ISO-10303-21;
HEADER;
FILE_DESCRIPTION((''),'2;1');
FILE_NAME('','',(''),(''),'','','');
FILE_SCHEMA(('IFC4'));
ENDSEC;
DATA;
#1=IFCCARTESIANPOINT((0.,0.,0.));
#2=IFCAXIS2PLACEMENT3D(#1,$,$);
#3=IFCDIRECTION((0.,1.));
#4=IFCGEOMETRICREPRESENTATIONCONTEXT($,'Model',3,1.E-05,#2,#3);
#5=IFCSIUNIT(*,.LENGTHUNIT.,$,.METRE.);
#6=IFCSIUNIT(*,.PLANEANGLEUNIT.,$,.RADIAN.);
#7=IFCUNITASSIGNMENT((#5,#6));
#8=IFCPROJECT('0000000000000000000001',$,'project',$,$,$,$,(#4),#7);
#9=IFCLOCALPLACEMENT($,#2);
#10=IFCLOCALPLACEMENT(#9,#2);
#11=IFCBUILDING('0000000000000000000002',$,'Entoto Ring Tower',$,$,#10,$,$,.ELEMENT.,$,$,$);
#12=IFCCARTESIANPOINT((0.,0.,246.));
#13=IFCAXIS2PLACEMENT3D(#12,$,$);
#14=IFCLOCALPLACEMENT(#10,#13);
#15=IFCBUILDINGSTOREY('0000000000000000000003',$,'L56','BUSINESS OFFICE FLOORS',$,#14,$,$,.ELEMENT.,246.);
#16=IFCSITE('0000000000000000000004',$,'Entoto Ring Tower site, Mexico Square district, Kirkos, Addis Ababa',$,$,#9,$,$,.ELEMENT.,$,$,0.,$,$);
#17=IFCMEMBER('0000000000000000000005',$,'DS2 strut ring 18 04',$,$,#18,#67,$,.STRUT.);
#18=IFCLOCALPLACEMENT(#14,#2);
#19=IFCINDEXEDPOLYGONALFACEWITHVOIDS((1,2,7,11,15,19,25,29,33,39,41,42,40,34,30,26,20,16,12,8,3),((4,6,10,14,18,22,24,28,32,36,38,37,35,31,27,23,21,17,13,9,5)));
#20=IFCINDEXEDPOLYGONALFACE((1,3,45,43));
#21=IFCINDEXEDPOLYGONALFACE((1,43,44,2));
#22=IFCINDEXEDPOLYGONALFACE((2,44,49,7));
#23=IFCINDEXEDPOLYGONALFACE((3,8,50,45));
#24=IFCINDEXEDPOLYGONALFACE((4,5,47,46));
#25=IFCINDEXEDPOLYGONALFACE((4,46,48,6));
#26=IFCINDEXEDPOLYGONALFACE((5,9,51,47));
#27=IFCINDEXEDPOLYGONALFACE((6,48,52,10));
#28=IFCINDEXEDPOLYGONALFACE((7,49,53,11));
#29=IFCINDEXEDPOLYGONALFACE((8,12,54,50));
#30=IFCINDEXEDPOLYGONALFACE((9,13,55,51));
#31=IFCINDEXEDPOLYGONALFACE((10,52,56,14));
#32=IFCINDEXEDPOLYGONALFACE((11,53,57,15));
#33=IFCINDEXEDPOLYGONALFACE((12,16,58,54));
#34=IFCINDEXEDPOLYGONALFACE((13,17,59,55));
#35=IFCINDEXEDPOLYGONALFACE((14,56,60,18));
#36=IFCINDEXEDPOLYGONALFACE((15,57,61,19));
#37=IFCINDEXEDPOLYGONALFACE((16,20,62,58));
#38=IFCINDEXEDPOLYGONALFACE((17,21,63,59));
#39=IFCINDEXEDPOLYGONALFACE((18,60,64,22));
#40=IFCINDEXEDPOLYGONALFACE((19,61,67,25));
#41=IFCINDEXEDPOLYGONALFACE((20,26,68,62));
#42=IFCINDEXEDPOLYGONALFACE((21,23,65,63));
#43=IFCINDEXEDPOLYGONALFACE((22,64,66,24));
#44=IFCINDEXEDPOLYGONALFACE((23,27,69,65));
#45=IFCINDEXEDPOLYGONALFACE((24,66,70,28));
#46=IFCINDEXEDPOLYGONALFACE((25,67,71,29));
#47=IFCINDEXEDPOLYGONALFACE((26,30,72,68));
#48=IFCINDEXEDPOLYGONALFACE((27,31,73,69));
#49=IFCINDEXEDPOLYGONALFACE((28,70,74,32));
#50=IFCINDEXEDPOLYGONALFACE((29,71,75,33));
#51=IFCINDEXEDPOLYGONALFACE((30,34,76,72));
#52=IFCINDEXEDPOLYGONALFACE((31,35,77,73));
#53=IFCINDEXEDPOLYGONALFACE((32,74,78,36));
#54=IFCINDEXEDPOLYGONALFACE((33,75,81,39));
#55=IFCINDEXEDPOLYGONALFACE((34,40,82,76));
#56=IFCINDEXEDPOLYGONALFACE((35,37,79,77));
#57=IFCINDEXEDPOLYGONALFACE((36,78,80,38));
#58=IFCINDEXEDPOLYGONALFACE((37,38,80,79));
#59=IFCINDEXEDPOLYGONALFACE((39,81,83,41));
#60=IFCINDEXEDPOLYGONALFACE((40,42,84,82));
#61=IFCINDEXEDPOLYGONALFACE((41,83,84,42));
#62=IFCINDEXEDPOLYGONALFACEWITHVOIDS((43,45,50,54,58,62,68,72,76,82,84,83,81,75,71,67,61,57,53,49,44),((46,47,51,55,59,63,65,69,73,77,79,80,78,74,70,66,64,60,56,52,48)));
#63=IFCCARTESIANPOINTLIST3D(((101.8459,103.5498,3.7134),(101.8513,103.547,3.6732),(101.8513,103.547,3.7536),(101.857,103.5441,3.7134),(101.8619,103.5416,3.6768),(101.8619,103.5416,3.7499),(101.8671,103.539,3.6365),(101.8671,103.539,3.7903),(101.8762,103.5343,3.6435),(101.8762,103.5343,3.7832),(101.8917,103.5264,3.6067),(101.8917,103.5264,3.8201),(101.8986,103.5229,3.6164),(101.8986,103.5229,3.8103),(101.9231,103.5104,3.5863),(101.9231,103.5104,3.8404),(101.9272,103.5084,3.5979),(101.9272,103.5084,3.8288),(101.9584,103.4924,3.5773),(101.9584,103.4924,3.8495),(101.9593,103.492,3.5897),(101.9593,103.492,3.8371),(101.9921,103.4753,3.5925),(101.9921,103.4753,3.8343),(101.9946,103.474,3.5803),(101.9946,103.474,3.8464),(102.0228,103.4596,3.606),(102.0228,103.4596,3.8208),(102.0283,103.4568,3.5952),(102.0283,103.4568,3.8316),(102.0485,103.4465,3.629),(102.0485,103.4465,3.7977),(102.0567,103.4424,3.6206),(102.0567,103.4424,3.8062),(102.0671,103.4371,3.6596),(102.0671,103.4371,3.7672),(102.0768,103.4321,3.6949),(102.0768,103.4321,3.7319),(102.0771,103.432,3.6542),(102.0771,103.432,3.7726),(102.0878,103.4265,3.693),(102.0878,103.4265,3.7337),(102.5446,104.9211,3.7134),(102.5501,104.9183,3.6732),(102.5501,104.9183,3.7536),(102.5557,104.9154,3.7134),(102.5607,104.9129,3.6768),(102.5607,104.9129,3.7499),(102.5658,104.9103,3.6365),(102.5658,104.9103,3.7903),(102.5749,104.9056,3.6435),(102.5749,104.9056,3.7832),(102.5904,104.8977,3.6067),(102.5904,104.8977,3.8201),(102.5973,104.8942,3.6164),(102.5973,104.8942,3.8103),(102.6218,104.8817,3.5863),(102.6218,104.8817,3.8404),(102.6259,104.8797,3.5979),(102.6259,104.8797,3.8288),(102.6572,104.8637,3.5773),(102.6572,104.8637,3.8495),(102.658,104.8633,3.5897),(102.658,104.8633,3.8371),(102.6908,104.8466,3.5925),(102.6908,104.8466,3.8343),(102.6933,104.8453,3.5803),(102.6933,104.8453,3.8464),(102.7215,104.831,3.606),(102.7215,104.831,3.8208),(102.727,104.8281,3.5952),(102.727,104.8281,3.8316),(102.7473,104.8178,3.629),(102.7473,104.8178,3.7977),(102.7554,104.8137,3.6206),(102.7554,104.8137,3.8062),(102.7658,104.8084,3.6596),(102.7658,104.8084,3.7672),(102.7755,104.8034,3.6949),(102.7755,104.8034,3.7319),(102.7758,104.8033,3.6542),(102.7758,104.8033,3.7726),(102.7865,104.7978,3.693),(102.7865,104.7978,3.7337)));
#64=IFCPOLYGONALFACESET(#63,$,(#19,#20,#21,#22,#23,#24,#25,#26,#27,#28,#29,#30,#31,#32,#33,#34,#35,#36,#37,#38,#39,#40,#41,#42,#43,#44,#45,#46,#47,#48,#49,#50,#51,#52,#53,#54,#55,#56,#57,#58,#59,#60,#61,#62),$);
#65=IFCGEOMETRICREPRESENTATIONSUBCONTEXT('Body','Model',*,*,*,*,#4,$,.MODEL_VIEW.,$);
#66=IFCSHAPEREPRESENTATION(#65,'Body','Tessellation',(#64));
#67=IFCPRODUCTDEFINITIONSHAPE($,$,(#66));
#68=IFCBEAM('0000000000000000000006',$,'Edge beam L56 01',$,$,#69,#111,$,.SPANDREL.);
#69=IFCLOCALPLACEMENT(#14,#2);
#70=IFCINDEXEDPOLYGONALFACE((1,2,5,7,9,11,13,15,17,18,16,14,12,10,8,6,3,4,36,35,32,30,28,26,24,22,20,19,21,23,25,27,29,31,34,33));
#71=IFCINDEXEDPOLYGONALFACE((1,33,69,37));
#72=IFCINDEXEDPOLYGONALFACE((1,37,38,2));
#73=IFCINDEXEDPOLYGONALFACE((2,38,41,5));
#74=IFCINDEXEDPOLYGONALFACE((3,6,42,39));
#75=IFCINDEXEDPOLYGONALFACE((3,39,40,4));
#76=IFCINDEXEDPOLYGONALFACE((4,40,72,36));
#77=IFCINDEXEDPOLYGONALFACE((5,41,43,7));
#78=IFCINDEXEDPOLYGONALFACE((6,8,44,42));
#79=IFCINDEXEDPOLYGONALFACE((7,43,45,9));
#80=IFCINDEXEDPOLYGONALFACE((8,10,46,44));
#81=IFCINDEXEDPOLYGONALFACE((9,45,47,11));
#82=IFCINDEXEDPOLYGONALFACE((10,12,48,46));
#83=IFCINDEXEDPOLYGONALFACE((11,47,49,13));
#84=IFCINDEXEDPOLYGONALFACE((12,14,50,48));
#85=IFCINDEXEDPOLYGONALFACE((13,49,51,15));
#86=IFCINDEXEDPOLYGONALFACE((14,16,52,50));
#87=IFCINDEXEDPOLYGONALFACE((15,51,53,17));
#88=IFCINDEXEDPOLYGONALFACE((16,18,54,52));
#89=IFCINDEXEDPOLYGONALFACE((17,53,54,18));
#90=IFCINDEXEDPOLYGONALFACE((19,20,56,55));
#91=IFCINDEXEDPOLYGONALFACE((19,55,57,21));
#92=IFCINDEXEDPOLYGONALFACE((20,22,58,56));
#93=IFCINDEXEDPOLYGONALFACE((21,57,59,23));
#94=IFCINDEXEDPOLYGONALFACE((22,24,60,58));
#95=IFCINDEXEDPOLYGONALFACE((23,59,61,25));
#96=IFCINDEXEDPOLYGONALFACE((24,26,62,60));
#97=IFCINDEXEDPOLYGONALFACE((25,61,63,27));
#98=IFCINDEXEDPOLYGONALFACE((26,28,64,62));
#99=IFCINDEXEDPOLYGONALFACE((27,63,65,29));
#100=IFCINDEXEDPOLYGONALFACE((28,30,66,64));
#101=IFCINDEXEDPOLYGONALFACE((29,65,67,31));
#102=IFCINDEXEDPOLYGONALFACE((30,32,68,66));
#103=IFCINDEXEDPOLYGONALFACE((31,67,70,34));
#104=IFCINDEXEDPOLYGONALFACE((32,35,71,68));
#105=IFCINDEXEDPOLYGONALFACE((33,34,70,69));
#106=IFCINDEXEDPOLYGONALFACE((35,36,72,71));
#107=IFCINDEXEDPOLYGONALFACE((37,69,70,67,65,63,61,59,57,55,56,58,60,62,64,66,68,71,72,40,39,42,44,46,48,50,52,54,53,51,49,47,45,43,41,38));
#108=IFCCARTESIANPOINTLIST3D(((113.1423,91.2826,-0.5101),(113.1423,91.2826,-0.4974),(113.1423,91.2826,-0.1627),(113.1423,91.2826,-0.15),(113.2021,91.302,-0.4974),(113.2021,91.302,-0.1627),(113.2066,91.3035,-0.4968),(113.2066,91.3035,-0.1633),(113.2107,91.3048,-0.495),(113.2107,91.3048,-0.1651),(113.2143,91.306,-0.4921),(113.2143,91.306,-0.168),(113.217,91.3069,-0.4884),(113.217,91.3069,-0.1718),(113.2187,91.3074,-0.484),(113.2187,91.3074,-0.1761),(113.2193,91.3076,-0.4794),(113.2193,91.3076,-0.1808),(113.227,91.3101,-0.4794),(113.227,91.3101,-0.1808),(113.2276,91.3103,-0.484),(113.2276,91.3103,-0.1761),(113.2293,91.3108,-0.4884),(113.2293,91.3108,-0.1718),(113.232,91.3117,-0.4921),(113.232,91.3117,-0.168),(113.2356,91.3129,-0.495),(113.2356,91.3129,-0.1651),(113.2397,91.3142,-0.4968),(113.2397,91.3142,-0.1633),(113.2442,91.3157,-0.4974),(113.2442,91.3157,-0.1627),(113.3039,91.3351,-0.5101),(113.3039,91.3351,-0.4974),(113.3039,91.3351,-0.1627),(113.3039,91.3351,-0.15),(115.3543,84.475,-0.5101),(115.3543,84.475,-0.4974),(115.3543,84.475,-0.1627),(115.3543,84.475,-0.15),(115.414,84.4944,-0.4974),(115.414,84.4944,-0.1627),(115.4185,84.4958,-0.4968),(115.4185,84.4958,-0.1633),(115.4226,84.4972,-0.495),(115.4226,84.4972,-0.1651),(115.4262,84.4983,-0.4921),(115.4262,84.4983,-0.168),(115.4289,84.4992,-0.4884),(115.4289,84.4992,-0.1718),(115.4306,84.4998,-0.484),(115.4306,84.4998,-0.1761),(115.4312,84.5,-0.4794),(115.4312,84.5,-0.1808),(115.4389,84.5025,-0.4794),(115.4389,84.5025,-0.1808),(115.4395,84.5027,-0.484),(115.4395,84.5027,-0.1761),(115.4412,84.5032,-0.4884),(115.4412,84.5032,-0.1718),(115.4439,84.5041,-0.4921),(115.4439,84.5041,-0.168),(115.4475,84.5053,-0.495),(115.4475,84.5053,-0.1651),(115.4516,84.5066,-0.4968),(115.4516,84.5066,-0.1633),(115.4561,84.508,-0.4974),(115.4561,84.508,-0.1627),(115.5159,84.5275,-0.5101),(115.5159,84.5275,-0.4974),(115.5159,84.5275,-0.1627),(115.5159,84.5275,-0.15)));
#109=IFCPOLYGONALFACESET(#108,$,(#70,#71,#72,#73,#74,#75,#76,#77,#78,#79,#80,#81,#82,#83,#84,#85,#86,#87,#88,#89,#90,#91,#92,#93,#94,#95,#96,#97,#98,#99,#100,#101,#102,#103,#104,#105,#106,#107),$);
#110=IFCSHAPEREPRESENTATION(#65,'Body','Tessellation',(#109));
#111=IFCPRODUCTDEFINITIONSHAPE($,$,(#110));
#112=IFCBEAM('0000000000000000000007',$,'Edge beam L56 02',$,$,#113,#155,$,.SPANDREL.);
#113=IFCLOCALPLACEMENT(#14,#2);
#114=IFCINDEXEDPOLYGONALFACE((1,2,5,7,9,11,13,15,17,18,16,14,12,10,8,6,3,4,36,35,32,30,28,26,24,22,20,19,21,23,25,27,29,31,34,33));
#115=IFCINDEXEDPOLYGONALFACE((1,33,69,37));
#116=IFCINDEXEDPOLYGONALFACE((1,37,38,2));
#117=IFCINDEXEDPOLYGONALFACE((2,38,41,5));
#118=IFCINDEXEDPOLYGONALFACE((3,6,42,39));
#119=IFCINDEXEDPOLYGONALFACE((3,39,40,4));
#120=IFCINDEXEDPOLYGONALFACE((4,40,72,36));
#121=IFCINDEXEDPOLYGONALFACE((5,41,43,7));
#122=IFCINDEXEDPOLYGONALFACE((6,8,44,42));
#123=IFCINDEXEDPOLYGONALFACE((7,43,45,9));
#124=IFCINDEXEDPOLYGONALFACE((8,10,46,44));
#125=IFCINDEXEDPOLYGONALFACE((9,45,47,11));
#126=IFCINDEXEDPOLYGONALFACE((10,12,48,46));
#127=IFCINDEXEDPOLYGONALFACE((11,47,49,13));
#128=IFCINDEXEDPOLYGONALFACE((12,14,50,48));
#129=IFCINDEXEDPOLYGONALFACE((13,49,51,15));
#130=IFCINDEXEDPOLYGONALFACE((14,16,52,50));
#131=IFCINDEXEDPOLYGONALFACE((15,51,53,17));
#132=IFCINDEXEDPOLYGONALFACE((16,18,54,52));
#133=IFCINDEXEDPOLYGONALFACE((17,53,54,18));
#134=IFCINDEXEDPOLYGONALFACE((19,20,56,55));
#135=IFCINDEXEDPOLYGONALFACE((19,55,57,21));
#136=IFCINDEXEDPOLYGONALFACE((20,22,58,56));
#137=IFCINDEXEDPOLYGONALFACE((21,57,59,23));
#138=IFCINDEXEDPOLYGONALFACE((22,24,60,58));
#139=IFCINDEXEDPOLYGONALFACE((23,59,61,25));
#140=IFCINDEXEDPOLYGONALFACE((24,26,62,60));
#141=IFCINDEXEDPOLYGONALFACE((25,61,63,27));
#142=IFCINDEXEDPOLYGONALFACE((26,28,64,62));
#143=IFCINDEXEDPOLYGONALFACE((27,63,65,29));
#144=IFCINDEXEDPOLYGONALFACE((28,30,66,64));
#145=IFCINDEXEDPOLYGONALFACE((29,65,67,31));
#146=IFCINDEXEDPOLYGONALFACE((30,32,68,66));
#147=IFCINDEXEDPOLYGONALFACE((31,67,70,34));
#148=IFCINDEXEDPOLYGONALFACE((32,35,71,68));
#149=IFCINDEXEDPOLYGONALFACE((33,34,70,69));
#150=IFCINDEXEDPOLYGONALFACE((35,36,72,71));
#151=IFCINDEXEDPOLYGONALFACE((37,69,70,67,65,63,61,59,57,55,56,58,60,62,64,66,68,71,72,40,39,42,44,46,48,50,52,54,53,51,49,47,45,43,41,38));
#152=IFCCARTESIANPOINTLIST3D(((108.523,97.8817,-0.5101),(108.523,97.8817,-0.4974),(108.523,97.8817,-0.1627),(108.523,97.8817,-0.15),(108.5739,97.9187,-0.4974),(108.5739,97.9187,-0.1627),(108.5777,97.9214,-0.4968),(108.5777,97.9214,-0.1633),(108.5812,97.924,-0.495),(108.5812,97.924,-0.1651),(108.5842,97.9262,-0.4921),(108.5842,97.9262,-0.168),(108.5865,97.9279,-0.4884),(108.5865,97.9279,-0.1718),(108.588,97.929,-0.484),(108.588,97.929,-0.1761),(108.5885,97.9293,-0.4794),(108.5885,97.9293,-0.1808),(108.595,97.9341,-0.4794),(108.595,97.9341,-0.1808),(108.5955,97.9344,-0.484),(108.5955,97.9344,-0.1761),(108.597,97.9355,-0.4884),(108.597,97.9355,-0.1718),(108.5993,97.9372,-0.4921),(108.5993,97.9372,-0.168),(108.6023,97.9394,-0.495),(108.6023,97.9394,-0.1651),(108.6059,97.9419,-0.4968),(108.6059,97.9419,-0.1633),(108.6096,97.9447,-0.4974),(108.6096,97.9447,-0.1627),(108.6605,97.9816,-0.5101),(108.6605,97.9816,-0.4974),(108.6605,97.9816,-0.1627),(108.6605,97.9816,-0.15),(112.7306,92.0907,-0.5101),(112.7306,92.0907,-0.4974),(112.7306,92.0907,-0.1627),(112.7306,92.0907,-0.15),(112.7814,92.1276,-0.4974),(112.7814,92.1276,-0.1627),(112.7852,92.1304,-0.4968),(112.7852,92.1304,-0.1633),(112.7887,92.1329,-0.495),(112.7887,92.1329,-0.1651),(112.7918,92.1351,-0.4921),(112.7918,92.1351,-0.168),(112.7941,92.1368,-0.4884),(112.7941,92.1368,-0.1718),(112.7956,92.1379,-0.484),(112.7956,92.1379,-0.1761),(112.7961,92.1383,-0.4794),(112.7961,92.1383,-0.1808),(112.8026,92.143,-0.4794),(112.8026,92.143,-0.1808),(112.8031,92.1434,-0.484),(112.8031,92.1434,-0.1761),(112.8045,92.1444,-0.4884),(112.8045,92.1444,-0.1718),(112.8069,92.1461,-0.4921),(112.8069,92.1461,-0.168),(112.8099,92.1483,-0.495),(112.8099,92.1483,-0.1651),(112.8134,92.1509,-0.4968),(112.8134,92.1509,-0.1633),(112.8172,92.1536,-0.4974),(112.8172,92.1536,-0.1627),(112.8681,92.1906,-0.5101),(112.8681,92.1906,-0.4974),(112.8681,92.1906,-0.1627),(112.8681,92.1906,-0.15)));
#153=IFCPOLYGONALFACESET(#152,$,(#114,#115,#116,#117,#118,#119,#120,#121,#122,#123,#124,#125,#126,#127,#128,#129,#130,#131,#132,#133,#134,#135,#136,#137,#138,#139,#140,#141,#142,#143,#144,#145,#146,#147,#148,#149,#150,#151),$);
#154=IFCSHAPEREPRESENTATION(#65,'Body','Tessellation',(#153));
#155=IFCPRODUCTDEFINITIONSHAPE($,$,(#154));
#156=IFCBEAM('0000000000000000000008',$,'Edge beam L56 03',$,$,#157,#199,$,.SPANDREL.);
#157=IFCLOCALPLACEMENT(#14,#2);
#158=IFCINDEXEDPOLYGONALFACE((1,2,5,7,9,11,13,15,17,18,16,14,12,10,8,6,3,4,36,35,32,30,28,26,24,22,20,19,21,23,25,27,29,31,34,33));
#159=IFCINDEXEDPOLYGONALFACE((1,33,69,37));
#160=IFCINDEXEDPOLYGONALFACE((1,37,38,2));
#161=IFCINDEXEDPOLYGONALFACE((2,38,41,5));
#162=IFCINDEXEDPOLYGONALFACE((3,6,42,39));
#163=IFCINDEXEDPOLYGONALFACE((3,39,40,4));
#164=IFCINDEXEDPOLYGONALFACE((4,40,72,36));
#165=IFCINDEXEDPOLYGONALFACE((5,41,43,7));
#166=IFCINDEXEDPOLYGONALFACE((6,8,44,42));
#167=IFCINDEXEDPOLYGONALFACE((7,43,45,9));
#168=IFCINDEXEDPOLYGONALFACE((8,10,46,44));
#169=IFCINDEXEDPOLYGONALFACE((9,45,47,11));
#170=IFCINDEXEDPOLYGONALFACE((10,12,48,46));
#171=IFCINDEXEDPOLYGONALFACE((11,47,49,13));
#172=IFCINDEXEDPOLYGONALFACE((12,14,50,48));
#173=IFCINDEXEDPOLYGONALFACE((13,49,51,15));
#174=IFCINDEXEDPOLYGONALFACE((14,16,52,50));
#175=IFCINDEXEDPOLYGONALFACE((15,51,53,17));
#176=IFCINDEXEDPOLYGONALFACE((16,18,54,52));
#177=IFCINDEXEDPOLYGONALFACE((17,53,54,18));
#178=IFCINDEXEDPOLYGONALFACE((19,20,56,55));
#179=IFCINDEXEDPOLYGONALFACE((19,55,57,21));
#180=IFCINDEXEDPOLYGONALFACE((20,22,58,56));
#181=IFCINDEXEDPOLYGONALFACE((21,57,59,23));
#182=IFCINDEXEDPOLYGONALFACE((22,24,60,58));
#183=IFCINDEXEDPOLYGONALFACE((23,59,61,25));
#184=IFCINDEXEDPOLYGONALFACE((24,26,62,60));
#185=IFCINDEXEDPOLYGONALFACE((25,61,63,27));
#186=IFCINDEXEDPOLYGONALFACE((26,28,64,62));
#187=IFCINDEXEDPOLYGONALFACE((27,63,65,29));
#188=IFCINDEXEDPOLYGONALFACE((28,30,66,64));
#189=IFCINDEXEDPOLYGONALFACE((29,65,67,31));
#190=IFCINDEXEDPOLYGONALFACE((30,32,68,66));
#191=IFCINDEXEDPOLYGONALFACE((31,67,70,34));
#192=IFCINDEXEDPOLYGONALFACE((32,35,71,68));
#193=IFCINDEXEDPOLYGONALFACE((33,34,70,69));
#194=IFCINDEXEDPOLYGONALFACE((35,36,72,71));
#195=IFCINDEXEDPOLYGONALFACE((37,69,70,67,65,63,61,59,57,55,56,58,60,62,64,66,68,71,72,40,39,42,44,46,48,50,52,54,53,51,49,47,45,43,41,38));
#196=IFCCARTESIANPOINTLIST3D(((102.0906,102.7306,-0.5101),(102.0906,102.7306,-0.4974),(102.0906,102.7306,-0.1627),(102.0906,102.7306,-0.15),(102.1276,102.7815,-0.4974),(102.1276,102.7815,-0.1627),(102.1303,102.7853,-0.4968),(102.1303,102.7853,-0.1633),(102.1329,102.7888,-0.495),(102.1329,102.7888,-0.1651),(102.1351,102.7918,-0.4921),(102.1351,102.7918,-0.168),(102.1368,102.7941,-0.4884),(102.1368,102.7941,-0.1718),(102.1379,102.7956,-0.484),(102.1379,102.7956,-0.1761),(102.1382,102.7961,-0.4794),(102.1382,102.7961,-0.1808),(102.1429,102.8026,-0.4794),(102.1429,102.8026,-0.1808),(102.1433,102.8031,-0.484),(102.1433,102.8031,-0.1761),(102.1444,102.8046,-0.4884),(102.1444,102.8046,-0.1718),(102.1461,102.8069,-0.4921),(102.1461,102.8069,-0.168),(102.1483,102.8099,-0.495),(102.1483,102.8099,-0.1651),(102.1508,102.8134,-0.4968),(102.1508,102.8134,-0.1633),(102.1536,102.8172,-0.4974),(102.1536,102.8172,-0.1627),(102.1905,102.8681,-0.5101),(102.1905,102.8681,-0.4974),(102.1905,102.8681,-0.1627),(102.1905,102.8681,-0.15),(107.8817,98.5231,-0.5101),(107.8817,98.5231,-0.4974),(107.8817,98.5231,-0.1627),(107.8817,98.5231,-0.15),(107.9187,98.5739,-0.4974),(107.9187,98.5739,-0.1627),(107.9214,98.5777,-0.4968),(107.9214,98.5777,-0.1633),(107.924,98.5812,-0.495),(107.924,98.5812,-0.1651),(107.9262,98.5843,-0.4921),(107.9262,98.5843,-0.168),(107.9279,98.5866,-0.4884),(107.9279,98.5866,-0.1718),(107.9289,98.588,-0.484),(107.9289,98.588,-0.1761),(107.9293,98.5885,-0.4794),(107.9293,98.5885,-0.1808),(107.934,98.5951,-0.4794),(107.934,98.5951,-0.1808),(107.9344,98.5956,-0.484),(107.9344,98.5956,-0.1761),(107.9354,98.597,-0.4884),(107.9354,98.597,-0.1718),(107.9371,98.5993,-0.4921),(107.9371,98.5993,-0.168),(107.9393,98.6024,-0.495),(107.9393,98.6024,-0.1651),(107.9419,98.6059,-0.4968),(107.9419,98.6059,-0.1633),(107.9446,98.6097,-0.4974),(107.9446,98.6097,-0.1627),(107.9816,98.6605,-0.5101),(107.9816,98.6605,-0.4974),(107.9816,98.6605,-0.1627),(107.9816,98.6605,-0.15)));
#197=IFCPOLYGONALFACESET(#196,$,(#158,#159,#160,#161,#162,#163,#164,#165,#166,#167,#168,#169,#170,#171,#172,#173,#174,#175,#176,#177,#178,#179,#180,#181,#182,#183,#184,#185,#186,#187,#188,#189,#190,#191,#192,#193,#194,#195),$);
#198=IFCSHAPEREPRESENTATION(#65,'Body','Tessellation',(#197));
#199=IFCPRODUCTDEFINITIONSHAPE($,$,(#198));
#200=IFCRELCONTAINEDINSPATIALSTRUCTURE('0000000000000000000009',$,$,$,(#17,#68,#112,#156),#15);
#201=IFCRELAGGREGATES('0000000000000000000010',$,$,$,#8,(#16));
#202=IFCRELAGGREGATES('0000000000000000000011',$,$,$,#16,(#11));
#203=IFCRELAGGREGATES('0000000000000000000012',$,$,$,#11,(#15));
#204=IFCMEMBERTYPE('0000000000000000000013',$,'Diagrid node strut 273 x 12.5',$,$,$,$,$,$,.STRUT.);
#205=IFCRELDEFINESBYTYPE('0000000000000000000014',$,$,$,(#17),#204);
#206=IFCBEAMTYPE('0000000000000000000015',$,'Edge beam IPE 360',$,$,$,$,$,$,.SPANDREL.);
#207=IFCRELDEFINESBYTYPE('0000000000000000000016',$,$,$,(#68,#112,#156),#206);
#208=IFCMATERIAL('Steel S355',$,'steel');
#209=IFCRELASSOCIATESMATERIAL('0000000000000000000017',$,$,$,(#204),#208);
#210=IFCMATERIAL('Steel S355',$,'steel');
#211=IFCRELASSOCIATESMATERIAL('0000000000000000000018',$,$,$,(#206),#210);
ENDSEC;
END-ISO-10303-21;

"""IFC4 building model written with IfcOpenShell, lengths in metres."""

from ifc_helpers import new_model, si_unit, direction, frame, origin, origin_2d, place, context, subcontext, project, spatial, circle, hollow_circle, i_section, extrude, material, material_profile, profile_set, type_object, element, save


model = new_model("IFC4")

# Units and contexts
model_context = context("Model", 3, precision=1e-05, world=origin(), true_north=direction((0.0, 1.0)))
body_context = subcontext(model_context, "Body", "Model", "MODEL_VIEW")
ifc_project = project(units=[si_unit("LENGTHUNIT", "METRE"), si_unit("PLANEANGLEUNIT", "RADIAN")], contexts=[model_context])

# Site, building, storey
site_placement = place(None, origin())
site = spatial("IfcSite", under=ifc_project, at=site_placement, Name="Entoto Ring Tower site, Mexico Square district, Kirkos, Addis Ababa", CompositionType="ELEMENT", RefElevation=0.0)
building_placement = place(site_placement, origin())
building = spatial("IfcBuilding", under=site, at=building_placement, Name="Entoto Ring Tower", CompositionType="ELEMENT")
storey_placement = place(building_placement, frame((0.0, 0.0, 246.0)))
storey = spatial("IfcBuildingStorey", under=building, at=storey_placement, Name="L56", Description="BUSINESS OFFICE FLOORS", CompositionType="ELEMENT", Elevation=246.0)

# Member
ifc_material_1 = material(Name="Steel S355", Category="steel")
ifc_material_profile_1 = material_profile(ifc_material_1, hollow_circle(Radius=0.1365, WallThickness=0.0125, at=origin_2d()), Name="CHS 273 x 12.5")
ifc_material_2 = material(Name="Concrete C60/75", Category="concrete")
ifc_material_profile_2 = material_profile(ifc_material_2, circle(Radius=0.124, at=origin_2d()), Name="Concrete C60/75 infill")
ifc_profile_set_1 = profile_set([ifc_material_profile_1, ifc_material_profile_2], Name="Steel S355")
member_type = type_object("IfcMemberType", Name="Diagrid node strut 273 x 12.5", PredefinedType="STRUT", material=ifc_profile_set_1)
member_1_placement = place(storey_placement, frame((101.9675, 103.4878, 3.7134), z_axis=(0.45399, 0.891007, 0.0), x_axis=(-0.891007, 0.45399, 0.0)))
element("IfcMember", 1, at=member_1_placement, inside=storey, type_object=member_type, Name="DS2 strut ring 18 04", PredefinedType="STRUT", context=body_context, shape_type="SweptSolid", body=[
    extrude(hollow_circle(Radius=0.1365, WallThickness=0.0125, at=origin_2d()), origin(), (0.0, 0.0, 1.0), 1.5391),
])

# Beams
ifc_material_3 = material(Name="Steel S355", Category="steel")
ifc_material_profile_3 = material_profile(ifc_material_3, i_section(OverallWidth=0.1699, OverallDepth=0.3601, WebThickness=0.0081, FlangeThickness=0.0127, FilletRadius=0.0181, at=origin_2d()), Name="IPE 360")
ifc_profile_set_2 = profile_set([ifc_material_profile_3], Name="Steel S355")
beam_type_1 = type_object("IfcBeamType", Name="Edge beam IPE 360", PredefinedType="SPANDREL", material=ifc_profile_set_2)
beam_1_placement = place(storey_placement, frame((115.4351, 84.5012, -0.3301), z_axis=(-0.309015, 0.951057, 0.0), x_axis=(-0.951057, -0.309015, 0.0)))
element("IfcBeam", 2, at=beam_1_placement, inside=storey, type_object=beam_type_1, Name="Edge beam L56 01", PredefinedType="SPANDREL", context=body_context, shape_type="SweptSolid", body=[
    extrude(i_section(OverallWidth=0.1699, OverallDepth=0.3601, WebThickness=0.0081, FlangeThickness=0.0127, FilletRadius=0.0181, at=origin_2d()), origin(), (0.0, 0.0, 1.0), 7.158),
])
for number, where, z_axis, x_axis, name in (
    (3, (112.7993, 92.1406, -0.3301), (-0.587794, 0.80901, 0.0), (-0.80901, -0.587794, 0.0), "Edge beam L56 02"),
    (4, (107.9316, 98.5918, -0.3301), (-0.80901, 0.587794, 0.0), (-0.587794, -0.80901, 0.0), "Edge beam L56 03"),
):
    element("IfcBeam", number, at=place(storey_placement, frame(where, z_axis=z_axis, x_axis=x_axis)), inside=storey, type_object=beam_type_1, Name=name, PredefinedType="SPANDREL", context=body_context, shape_type="SweptSolid", body=[
        extrude(i_section(OverallWidth=0.1699, OverallDepth=0.3601, WebThickness=0.0081, FlangeThickness=0.0127, FilletRadius=0.0181, at=origin_2d()), origin(), (0.0, 0.0, 1.0), 7.1582),
    ])

save(model, "model.ifc")
